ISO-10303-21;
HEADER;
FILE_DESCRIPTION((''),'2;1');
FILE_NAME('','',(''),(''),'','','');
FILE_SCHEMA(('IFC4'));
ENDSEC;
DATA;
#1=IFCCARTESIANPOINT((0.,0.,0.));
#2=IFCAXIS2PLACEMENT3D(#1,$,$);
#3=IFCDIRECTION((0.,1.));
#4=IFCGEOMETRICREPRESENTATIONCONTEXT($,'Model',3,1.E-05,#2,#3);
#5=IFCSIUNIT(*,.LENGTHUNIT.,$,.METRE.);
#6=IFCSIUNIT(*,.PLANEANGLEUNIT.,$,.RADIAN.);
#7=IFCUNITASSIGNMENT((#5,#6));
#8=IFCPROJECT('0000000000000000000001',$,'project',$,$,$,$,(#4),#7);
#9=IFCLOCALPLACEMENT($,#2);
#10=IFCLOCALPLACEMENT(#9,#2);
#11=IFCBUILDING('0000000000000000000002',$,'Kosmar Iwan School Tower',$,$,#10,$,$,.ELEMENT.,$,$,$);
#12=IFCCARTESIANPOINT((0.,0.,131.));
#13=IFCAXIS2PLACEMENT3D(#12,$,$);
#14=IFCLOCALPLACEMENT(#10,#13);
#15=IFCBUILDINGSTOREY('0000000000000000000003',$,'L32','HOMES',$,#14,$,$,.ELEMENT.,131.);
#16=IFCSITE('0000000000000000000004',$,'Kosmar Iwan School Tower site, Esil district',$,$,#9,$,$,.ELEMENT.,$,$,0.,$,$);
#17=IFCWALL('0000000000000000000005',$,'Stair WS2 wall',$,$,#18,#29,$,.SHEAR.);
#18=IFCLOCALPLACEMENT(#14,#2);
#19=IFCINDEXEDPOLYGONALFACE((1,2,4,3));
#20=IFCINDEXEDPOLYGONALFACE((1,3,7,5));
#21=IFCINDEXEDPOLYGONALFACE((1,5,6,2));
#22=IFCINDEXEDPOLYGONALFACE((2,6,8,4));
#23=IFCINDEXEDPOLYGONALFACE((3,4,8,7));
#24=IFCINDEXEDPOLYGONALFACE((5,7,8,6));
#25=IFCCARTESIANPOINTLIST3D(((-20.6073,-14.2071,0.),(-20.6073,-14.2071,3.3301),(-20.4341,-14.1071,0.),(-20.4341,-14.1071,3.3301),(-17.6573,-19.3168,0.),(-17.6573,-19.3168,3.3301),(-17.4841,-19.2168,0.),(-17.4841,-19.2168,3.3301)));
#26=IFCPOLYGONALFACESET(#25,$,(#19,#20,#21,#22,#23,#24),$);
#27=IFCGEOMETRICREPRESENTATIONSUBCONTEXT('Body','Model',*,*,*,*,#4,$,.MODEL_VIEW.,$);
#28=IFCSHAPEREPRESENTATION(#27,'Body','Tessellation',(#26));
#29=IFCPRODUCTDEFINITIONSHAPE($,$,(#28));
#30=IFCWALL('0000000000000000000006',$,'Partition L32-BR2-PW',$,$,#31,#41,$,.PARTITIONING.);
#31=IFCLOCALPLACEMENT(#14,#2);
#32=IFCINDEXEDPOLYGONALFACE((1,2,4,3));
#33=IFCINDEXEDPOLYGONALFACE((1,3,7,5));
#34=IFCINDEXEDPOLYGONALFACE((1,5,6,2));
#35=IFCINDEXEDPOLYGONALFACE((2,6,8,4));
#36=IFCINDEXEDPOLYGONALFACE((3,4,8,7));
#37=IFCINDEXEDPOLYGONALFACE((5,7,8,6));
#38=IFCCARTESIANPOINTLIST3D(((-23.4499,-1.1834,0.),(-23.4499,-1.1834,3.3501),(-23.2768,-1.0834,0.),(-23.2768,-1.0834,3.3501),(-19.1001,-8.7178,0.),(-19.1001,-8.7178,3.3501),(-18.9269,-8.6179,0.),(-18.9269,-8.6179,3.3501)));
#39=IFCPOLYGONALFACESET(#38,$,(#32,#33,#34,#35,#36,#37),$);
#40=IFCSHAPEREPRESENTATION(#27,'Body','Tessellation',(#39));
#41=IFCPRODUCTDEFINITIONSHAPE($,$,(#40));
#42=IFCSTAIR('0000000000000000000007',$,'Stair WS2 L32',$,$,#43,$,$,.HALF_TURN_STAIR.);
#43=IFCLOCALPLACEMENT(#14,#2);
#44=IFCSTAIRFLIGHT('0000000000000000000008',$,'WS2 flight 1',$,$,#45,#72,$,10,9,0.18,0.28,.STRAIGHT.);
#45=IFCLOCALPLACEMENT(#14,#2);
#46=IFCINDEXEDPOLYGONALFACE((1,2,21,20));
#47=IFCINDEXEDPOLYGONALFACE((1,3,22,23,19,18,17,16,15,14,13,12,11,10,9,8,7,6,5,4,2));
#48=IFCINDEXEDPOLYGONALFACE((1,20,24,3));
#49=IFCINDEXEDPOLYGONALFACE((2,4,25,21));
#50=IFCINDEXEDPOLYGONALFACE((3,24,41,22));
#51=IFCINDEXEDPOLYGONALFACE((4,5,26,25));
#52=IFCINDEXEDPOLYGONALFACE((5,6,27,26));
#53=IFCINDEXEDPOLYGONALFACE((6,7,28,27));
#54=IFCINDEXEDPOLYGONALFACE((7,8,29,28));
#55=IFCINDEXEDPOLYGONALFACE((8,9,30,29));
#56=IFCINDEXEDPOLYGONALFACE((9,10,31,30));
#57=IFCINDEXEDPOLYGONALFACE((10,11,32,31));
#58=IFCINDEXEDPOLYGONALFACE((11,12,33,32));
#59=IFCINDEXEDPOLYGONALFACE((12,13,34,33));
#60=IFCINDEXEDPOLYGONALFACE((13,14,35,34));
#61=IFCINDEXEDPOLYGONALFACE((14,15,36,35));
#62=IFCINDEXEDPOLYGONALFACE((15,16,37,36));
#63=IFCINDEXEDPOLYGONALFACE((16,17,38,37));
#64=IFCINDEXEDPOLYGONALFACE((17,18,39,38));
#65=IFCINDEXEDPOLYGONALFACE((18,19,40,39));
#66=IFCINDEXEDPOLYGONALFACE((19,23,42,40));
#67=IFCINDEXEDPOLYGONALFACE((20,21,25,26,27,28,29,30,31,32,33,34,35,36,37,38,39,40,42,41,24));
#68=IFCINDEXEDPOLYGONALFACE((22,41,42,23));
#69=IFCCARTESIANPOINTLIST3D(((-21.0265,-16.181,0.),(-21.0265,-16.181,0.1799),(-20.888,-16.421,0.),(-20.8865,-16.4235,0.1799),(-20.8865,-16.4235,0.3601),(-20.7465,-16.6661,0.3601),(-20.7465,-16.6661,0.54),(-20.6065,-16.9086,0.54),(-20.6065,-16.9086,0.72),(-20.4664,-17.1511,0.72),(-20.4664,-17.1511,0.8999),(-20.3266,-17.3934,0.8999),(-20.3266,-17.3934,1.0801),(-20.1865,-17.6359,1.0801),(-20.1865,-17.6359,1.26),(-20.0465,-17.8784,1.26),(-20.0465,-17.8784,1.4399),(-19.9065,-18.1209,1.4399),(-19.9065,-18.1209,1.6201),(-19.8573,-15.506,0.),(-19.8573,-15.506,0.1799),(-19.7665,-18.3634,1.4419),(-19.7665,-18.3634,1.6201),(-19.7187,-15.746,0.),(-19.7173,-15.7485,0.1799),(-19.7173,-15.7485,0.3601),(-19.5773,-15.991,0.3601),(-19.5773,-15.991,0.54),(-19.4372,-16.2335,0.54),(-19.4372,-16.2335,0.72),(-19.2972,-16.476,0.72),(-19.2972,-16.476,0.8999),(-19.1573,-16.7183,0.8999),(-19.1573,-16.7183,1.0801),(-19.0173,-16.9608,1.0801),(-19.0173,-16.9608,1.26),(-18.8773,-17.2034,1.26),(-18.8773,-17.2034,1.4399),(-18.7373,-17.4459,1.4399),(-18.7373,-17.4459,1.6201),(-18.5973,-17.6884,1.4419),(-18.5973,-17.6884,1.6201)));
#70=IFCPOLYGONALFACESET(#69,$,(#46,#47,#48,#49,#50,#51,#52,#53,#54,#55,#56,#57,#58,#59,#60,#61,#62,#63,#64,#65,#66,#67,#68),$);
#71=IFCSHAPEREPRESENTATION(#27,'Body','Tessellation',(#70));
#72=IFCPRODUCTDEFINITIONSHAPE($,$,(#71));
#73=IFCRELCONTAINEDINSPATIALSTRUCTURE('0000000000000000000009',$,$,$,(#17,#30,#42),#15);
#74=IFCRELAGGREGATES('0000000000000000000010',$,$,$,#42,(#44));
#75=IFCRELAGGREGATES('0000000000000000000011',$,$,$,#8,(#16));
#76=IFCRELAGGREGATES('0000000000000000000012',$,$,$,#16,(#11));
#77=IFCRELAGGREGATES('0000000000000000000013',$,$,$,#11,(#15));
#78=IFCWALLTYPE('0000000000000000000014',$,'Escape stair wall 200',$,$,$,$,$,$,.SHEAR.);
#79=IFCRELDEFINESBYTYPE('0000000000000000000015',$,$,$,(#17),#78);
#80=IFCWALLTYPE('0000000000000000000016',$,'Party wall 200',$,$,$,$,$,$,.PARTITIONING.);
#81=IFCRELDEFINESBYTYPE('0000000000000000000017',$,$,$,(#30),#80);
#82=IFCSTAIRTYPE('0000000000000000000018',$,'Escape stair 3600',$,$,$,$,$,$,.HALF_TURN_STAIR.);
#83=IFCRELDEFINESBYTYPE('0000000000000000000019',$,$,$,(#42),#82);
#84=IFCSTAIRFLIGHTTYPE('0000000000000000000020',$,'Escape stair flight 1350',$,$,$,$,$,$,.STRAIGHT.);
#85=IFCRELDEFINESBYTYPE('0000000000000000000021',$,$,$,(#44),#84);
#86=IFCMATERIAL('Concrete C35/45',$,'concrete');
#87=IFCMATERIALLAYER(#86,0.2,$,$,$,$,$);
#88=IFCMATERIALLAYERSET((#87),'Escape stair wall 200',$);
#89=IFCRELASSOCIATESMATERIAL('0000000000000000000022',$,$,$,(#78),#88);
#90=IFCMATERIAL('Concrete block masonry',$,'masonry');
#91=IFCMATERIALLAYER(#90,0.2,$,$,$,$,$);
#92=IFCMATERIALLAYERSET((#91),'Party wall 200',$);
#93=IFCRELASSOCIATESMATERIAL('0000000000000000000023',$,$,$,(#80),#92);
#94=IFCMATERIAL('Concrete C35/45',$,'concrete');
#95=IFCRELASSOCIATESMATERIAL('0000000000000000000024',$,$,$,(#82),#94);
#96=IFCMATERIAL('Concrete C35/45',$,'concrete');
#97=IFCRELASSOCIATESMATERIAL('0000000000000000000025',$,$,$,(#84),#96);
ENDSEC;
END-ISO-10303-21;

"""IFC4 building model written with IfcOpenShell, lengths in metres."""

from ifc_helpers import new_model, si_unit, direction, frame, frame_2d, origin, place, context, subcontext, project, spatial, polyline, rectangle, outline, extrude, material, layer, layer_set, type_object, element, aggregate, save


model = new_model("IFC4")

# Units and contexts
model_context = context("Model", 3, precision=1e-05, world=origin(), true_north=direction((0.0, 1.0)))
body_context = subcontext(model_context, "Body", "Model", "MODEL_VIEW")
ifc_project = project(units=[si_unit("LENGTHUNIT", "METRE"), si_unit("PLANEANGLEUNIT", "RADIAN")], contexts=[model_context])

# Site, building, storey
site_placement = place(None, origin())
site = spatial("IfcSite", under=ifc_project, at=site_placement, Name="Kosmar Iwan School Tower site, Esil district", CompositionType="ELEMENT", RefElevation=0.0)
building_placement = place(site_placement, origin())
building = spatial("IfcBuilding", under=site, at=building_placement, Name="Kosmar Iwan School Tower", CompositionType="ELEMENT")
storey_placement = place(building_placement, frame((0.0, 0.0, 131.0)))
storey = spatial("IfcBuildingStorey", under=building, at=storey_placement, Name="L32", Description="HOMES", CompositionType="ELEMENT", Elevation=131.0)

# Walls
ifc_material_1 = material(Name="Concrete C35/45", Category="concrete")
ifc_layer_1 = layer(ifc_material_1, 0.2)
ifc_layer_set_1 = layer_set([ifc_layer_1], Name="Escape stair wall 200")
wall_type_1 = type_object("IfcWallType", Name="Escape stair wall 200", PredefinedType="SHEAR", material=ifc_layer_set_1)
wall_1_placement = place(storey_placement, frame((-20.5208, -14.157, 0.0), z_axis=(0.0, 0.0, 1.0), x_axis=(0.499989, -0.866032, 0.0)))
element("IfcWall", 1, at=wall_1_placement, inside=storey, type_object=wall_type_1, Name="Stair WS2 wall", PredefinedType="SHEAR", context=body_context, shape_type="SweptSolid", body=[
    extrude(rectangle(XDim=5.9001, YDim=0.2, at=frame_2d((2.9502, 0.0))), origin(), (0.0, 0.0, 1.0), 3.3301),
])
ifc_material_2 = material(Name="Concrete block masonry", Category="masonry")
ifc_layer_2 = layer(ifc_material_2, 0.2)
ifc_layer_set_2 = layer_set([ifc_layer_2], Name="Party wall 200")
wall_type_2 = type_object("IfcWallType", Name="Party wall 200", PredefinedType="PARTITIONING", material=ifc_layer_set_2)
wall_2_placement = place(storey_placement, frame((-19.0134, -8.668, 0.0), z_axis=(0.0, 0.0, 1.0), x_axis=(-0.499987, 0.866033, 0.0)))
element("IfcWall", 2, at=wall_2_placement, inside=storey, type_object=wall_type_2, Name="Partition L32-BR2-PW", PredefinedType="PARTITIONING", context=body_context, shape_type="SweptSolid", body=[
    extrude(rectangle(XDim=8.7, YDim=0.2, at=frame_2d((4.3501, 0.0))), origin(), (0.0, 0.0, 1.0), 3.3501),
])

# Stair, stair flight
ifc_material_3 = material(Name="Concrete C35/45", Category="concrete")
stair_type = type_object("IfcStairType", Name="Escape stair 3600", PredefinedType="HALF_TURN_STAIR", material=ifc_material_3)
stair_placement = place(storey_placement, origin())
stair = element("IfcStair", 3, at=stair_placement, inside=storey, type_object=stair_type, Name="Stair WS2 L32", PredefinedType="HALF_TURN_STAIR")
ifc_material_4 = material(Name="Concrete C35/45", Category="concrete")
stair_flight_type = type_object("IfcStairFlightType", Name="Escape stair flight 1350", PredefinedType="STRAIGHT", material=ifc_material_4)
stair_flight_placement = place(storey_placement, frame((-20.4419, -15.8435, 0.0), z_axis=(0.0, 0.0, 1.0), x_axis=(0.5, -0.866025, 0.0)))
stair_flight = element("IfcStairFlight", 4, at=stair_flight_placement, type_object=stair_flight_type, Name="WS2 flight 1", NumberOfRisers=10, NumberOfTreads=9, PredefinedType="STRAIGHT", RiserHeight=0.18, TreadLength=0.28, context=body_context, shape_type="SweptSolid", body=[
    extrude(outline(polyline([(0.0, 0.0), (0.0, 0.1799), (0.28, 0.1799), (0.28, 0.3601), (0.5601, 0.3601), (0.5601, 0.54), (0.8401, 0.54), (0.8401, 0.72), (1.1201, 0.72), (1.1201, 0.8999), (1.3999, 0.8999), (1.3999, 1.0801), (1.6799, 1.0801), (1.6799, 1.26), (1.96, 1.26), (1.96, 1.4399), (2.24, 1.4399), (2.24, 1.6201), (2.52, 1.6201), (2.52, 1.8), (2.52, 1.4419), (0.2771, 0.0), (0.0, 0.0)])), frame((0.0, 0.675, 0.0), z_axis=(0.0, -1.0, 0.0), x_axis=(1.0, 0.0, 0.0)), (0.0, 0.0, 1.0), 1.3501),
])
aggregate(stair, [stair_flight])

save(model, "model.ifc")
